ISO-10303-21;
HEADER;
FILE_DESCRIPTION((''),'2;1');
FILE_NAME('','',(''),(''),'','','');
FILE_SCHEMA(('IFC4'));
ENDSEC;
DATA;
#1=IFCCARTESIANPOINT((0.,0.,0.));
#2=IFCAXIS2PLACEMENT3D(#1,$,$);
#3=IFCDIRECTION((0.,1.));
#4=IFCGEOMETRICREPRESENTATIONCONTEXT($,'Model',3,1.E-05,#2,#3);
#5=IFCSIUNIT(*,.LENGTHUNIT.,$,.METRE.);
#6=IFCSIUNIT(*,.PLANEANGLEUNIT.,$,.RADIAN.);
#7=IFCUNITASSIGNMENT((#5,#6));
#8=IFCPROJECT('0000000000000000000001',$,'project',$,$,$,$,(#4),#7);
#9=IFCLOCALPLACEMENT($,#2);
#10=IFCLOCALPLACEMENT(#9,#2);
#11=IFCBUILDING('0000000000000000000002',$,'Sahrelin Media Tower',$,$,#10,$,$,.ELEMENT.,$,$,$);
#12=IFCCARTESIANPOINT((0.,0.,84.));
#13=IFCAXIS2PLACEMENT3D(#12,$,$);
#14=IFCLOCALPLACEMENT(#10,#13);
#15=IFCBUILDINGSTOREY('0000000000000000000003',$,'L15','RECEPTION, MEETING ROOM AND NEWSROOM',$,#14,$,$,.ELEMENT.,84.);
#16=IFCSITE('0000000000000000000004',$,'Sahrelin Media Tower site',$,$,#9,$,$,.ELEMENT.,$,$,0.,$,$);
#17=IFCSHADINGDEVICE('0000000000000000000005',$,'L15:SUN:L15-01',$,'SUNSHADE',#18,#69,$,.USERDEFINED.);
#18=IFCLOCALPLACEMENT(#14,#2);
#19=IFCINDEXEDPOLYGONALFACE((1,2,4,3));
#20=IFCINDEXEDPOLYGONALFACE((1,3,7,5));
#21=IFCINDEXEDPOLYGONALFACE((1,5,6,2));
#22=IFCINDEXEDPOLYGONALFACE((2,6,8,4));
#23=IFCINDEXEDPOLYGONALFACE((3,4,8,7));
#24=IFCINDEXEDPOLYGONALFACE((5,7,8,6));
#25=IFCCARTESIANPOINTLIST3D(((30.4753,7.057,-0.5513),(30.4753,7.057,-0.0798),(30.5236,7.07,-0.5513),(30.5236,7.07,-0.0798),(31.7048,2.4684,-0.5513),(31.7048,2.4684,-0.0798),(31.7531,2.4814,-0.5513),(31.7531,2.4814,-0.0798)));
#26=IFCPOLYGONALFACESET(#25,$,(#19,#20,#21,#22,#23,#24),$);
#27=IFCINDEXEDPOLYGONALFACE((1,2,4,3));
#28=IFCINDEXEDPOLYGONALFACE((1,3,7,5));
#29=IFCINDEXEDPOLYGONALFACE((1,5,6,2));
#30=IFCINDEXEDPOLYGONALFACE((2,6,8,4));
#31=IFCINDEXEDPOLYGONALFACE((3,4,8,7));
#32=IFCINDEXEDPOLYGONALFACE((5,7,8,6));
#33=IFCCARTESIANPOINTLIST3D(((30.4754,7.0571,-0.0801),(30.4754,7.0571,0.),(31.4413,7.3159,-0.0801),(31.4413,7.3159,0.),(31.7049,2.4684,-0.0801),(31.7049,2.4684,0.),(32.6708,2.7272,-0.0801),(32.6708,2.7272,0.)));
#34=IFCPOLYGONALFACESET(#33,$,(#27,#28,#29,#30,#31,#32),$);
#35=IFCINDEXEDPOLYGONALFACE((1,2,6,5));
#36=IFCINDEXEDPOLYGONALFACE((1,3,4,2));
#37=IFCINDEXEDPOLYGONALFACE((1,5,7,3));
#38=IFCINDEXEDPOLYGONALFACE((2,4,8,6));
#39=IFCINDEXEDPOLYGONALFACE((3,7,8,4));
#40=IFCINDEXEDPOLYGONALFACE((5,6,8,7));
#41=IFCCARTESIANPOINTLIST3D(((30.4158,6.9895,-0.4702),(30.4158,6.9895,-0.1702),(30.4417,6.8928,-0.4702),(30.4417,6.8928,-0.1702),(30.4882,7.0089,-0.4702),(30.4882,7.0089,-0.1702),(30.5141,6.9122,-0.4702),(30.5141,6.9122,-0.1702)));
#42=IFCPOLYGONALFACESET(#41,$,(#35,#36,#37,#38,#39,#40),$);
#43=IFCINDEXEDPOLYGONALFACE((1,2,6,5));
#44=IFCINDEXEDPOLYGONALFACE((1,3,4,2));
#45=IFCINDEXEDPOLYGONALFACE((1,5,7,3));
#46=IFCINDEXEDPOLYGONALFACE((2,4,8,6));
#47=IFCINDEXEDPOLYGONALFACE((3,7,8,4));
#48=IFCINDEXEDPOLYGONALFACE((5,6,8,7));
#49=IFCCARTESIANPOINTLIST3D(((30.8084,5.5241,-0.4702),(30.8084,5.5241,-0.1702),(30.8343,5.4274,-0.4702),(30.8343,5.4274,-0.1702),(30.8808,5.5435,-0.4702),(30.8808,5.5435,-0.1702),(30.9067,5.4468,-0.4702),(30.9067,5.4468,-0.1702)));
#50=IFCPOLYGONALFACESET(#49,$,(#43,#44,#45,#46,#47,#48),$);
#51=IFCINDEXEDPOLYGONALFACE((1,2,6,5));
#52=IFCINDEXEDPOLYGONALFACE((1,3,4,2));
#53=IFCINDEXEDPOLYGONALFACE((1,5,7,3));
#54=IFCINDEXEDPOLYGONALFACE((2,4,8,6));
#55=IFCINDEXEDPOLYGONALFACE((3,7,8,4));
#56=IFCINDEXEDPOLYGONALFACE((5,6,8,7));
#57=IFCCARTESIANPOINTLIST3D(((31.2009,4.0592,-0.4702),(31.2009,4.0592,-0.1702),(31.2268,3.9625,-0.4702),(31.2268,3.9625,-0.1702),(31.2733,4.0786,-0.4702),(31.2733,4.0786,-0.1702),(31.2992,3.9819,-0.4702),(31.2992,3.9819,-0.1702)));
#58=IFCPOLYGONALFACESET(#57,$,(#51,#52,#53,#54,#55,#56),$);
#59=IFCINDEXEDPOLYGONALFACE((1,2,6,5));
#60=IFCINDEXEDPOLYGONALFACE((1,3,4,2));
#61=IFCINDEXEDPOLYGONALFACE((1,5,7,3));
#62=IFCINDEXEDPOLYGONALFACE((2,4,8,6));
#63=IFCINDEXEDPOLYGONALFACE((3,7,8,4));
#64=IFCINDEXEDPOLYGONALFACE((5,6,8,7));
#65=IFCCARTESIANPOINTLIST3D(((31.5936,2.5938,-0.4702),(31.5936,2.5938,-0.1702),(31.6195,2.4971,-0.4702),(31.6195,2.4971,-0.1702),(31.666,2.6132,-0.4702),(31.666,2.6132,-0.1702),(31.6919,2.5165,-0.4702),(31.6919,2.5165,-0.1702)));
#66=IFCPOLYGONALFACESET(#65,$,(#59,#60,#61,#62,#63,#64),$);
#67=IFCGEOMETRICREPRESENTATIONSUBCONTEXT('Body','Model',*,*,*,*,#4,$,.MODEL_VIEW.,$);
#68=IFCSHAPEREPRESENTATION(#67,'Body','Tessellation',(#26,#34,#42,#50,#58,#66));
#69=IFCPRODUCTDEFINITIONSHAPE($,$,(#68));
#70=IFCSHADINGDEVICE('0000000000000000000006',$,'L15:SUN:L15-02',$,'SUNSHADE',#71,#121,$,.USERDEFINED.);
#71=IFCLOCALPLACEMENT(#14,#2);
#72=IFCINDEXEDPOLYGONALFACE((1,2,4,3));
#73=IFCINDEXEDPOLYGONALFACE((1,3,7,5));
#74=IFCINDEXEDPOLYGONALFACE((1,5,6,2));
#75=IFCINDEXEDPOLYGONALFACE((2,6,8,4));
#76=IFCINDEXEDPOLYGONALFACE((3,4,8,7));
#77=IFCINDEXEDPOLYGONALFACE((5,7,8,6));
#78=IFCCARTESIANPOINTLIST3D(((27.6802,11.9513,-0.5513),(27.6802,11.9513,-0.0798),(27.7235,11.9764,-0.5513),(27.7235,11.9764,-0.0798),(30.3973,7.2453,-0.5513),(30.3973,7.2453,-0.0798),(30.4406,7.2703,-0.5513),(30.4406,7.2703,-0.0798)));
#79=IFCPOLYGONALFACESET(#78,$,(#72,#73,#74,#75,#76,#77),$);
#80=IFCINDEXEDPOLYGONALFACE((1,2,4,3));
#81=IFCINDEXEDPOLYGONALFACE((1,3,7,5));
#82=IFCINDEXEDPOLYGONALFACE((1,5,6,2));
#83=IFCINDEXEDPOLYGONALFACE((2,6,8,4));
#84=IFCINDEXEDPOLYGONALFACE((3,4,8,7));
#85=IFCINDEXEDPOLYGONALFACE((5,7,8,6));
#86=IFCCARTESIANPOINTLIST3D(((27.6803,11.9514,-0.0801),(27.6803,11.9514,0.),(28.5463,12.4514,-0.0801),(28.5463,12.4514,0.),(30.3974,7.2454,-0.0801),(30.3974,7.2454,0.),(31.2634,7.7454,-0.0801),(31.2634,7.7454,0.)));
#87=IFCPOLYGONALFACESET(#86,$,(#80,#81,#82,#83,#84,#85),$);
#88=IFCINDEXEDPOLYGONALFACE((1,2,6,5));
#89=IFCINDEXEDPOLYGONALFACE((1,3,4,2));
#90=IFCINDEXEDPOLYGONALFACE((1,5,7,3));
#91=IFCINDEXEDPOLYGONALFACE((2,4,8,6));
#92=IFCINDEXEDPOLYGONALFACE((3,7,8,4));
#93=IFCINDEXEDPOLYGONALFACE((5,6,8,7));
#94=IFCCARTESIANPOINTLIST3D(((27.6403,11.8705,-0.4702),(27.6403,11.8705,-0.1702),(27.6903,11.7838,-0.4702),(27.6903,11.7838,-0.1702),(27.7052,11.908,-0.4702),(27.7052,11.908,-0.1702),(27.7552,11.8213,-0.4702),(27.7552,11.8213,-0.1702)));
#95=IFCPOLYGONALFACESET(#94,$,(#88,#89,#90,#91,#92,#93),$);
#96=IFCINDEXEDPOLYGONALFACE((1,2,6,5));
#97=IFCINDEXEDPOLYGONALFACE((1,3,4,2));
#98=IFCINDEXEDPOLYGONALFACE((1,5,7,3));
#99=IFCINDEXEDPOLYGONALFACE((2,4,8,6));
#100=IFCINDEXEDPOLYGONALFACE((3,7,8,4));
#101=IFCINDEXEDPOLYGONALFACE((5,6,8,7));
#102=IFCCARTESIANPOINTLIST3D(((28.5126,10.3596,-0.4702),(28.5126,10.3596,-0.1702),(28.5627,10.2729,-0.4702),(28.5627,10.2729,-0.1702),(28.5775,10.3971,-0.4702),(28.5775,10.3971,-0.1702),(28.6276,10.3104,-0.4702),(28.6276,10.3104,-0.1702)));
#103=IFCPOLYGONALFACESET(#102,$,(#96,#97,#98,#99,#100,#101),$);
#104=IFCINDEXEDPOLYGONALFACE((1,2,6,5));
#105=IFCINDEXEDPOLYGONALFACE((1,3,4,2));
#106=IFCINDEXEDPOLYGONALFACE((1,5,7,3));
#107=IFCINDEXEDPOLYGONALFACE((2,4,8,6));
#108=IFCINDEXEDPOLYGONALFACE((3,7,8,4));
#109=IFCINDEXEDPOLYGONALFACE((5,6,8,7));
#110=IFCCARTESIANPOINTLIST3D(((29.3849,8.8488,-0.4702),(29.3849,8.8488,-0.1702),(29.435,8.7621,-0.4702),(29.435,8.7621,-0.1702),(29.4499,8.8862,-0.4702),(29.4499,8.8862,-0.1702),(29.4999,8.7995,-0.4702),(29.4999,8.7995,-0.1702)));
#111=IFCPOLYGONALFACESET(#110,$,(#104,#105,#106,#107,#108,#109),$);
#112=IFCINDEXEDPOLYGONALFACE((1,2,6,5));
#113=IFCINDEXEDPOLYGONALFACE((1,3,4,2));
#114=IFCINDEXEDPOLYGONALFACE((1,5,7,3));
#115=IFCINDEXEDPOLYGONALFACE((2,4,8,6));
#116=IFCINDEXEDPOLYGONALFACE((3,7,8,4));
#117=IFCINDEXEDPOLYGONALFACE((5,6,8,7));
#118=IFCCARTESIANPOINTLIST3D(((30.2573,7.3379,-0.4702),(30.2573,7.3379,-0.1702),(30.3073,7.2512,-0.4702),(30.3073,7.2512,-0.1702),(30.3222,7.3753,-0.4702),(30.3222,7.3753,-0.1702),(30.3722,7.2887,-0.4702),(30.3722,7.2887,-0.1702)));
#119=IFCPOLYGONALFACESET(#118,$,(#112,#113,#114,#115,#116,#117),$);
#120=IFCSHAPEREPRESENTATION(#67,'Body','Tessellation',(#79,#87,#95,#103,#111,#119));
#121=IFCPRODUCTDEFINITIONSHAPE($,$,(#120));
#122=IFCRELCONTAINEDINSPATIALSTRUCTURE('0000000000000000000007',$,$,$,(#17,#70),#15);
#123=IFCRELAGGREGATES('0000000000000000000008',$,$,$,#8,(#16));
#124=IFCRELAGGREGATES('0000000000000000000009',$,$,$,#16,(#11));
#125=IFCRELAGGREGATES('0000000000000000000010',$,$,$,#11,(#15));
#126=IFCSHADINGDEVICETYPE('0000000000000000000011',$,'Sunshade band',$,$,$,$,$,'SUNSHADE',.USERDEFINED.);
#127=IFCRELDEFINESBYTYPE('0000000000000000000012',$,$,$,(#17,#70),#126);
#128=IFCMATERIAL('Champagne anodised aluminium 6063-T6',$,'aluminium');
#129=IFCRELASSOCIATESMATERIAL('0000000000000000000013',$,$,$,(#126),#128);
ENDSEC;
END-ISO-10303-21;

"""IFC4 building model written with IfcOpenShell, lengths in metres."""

from ifc_helpers import new_model, si_unit, direction, frame, origin, origin_2d, place, context, subcontext, project, spatial, rectangle, extrude, material, type_object, element, save


model = new_model("IFC4")

# Units and contexts
model_context = context("Model", 3, precision=1e-05, world=origin(), true_north=direction((0.0, 1.0)))
body_context = subcontext(model_context, "Body", "Model", "MODEL_VIEW")
ifc_project = project(units=[si_unit("LENGTHUNIT", "METRE"), si_unit("PLANEANGLEUNIT", "RADIAN")], contexts=[model_context])

# Site, building, storey
site_placement = place(None, origin())
site = spatial("IfcSite", under=ifc_project, at=site_placement, Name="Sahrelin Media Tower site", CompositionType="ELEMENT", RefElevation=0.0)
building_placement = place(site_placement, origin())
building = spatial("IfcBuilding", under=site, at=building_placement, Name="Sahrelin Media Tower", CompositionType="ELEMENT")
storey_placement = place(building_placement, frame((0.0, 0.0, 84.0)))
storey = spatial("IfcBuildingStorey", under=building, at=storey_placement, Name="L15", Description="RECEPTION, MEETING ROOM AND NEWSROOM", CompositionType="ELEMENT", Elevation=84.0)

# Shared definitions
ifc_material_1 = material(Name="Champagne anodised aluminium 6063-T6", Category="aluminium")

# Shading devices
placement_1 = place(storey_placement, frame((31.0708, 4.7576, 0.0), z_axis=(0.0, 0.0, 1.0), x_axis=(0.258808, -0.965929, 0.0)))
placement_2 = place(storey_placement, frame((29.0215, 9.5884, 0.0), z_axis=(0.0, 0.0, 1.0), x_axis=(0.500011, -0.866019, 0.0)))
shading_device_type_1 = type_object("IfcShadingDeviceType", Name="Sunshade band", ElementType="SUNSHADE", PredefinedType="USERDEFINED", material=ifc_material_1)
element("IfcShadingDevice", 1, at=placement_1, inside=storey, type_object=shading_device_type_1, Name="L15:SUN:L15-01", ObjectType="SUNSHADE", PredefinedType="USERDEFINED", context=body_context, shape_type="SweptSolid", body=[
    extrude(rectangle(XDim=4.7505, YDim=0.05, at=origin_2d()), frame((0.0, 0.0449, -0.5513)), (0.0, 0.0, 1.0), 0.4714),
    extrude(rectangle(XDim=4.7505, YDim=1.0, at=origin_2d()), frame((0.0, 0.52, -0.0801)), (0.0, 0.0, 1.0), 0.0801),
    extrude(rectangle(XDim=0.1001, YDim=0.075, at=origin_2d()), frame((-2.2754, -0.0176, -0.4702)), (0.0, 0.0, 1.0), 0.3),
    extrude(rectangle(XDim=0.1001, YDim=0.075, at=origin_2d()), frame((-0.7583, -0.0176, -0.4702)), (0.0, 0.0, 1.0), 0.3),
    extrude(rectangle(XDim=0.1001, YDim=0.075, at=origin_2d()), frame((0.7583, -0.0176, -0.4702)), (0.0, 0.0, 1.0), 0.3),
    extrude(rectangle(XDim=0.1001, YDim=0.075, at=origin_2d()), frame((2.2754, -0.0176, -0.4702)), (0.0, 0.0, 1.0), 0.3),
])
element("IfcShadingDevice", 2, at=placement_2, inside=storey, type_object=shading_device_type_1, Name="L15:SUN:L15-02", ObjectType="SUNSHADE", PredefinedType="USERDEFINED", context=body_context, shape_type="SweptSolid", body=[
    extrude(rectangle(XDim=5.4341, YDim=0.05, at=origin_2d()), frame((0.0, 0.0449, -0.5513)), (0.0, 0.0, 1.0), 0.4714),
    extrude(rectangle(XDim=5.4341, YDim=1.0, at=origin_2d()), frame((0.0, 0.52, -0.0801)), (0.0, 0.0, 1.0), 0.0801),
    extrude(rectangle(XDim=0.1001, YDim=0.075, at=origin_2d()), frame((-2.6169, -0.0176, -0.4702)), (0.0, 0.0, 1.0), 0.3),
    extrude(rectangle(XDim=0.1001, YDim=0.075, at=origin_2d()), frame((-0.8723, -0.0176, -0.4702)), (0.0, 0.0, 1.0), 0.3),
    extrude(rectangle(XDim=0.1001, YDim=0.075, at=origin_2d()), frame((0.8723, -0.0176, -0.4702)), (0.0, 0.0, 1.0), 0.3),
    extrude(rectangle(XDim=0.1001, YDim=0.075, at=origin_2d()), frame((2.6169, -0.0176, -0.4702)), (0.0, 0.0, 1.0), 0.3),
])

save(model, "model.ifc")
